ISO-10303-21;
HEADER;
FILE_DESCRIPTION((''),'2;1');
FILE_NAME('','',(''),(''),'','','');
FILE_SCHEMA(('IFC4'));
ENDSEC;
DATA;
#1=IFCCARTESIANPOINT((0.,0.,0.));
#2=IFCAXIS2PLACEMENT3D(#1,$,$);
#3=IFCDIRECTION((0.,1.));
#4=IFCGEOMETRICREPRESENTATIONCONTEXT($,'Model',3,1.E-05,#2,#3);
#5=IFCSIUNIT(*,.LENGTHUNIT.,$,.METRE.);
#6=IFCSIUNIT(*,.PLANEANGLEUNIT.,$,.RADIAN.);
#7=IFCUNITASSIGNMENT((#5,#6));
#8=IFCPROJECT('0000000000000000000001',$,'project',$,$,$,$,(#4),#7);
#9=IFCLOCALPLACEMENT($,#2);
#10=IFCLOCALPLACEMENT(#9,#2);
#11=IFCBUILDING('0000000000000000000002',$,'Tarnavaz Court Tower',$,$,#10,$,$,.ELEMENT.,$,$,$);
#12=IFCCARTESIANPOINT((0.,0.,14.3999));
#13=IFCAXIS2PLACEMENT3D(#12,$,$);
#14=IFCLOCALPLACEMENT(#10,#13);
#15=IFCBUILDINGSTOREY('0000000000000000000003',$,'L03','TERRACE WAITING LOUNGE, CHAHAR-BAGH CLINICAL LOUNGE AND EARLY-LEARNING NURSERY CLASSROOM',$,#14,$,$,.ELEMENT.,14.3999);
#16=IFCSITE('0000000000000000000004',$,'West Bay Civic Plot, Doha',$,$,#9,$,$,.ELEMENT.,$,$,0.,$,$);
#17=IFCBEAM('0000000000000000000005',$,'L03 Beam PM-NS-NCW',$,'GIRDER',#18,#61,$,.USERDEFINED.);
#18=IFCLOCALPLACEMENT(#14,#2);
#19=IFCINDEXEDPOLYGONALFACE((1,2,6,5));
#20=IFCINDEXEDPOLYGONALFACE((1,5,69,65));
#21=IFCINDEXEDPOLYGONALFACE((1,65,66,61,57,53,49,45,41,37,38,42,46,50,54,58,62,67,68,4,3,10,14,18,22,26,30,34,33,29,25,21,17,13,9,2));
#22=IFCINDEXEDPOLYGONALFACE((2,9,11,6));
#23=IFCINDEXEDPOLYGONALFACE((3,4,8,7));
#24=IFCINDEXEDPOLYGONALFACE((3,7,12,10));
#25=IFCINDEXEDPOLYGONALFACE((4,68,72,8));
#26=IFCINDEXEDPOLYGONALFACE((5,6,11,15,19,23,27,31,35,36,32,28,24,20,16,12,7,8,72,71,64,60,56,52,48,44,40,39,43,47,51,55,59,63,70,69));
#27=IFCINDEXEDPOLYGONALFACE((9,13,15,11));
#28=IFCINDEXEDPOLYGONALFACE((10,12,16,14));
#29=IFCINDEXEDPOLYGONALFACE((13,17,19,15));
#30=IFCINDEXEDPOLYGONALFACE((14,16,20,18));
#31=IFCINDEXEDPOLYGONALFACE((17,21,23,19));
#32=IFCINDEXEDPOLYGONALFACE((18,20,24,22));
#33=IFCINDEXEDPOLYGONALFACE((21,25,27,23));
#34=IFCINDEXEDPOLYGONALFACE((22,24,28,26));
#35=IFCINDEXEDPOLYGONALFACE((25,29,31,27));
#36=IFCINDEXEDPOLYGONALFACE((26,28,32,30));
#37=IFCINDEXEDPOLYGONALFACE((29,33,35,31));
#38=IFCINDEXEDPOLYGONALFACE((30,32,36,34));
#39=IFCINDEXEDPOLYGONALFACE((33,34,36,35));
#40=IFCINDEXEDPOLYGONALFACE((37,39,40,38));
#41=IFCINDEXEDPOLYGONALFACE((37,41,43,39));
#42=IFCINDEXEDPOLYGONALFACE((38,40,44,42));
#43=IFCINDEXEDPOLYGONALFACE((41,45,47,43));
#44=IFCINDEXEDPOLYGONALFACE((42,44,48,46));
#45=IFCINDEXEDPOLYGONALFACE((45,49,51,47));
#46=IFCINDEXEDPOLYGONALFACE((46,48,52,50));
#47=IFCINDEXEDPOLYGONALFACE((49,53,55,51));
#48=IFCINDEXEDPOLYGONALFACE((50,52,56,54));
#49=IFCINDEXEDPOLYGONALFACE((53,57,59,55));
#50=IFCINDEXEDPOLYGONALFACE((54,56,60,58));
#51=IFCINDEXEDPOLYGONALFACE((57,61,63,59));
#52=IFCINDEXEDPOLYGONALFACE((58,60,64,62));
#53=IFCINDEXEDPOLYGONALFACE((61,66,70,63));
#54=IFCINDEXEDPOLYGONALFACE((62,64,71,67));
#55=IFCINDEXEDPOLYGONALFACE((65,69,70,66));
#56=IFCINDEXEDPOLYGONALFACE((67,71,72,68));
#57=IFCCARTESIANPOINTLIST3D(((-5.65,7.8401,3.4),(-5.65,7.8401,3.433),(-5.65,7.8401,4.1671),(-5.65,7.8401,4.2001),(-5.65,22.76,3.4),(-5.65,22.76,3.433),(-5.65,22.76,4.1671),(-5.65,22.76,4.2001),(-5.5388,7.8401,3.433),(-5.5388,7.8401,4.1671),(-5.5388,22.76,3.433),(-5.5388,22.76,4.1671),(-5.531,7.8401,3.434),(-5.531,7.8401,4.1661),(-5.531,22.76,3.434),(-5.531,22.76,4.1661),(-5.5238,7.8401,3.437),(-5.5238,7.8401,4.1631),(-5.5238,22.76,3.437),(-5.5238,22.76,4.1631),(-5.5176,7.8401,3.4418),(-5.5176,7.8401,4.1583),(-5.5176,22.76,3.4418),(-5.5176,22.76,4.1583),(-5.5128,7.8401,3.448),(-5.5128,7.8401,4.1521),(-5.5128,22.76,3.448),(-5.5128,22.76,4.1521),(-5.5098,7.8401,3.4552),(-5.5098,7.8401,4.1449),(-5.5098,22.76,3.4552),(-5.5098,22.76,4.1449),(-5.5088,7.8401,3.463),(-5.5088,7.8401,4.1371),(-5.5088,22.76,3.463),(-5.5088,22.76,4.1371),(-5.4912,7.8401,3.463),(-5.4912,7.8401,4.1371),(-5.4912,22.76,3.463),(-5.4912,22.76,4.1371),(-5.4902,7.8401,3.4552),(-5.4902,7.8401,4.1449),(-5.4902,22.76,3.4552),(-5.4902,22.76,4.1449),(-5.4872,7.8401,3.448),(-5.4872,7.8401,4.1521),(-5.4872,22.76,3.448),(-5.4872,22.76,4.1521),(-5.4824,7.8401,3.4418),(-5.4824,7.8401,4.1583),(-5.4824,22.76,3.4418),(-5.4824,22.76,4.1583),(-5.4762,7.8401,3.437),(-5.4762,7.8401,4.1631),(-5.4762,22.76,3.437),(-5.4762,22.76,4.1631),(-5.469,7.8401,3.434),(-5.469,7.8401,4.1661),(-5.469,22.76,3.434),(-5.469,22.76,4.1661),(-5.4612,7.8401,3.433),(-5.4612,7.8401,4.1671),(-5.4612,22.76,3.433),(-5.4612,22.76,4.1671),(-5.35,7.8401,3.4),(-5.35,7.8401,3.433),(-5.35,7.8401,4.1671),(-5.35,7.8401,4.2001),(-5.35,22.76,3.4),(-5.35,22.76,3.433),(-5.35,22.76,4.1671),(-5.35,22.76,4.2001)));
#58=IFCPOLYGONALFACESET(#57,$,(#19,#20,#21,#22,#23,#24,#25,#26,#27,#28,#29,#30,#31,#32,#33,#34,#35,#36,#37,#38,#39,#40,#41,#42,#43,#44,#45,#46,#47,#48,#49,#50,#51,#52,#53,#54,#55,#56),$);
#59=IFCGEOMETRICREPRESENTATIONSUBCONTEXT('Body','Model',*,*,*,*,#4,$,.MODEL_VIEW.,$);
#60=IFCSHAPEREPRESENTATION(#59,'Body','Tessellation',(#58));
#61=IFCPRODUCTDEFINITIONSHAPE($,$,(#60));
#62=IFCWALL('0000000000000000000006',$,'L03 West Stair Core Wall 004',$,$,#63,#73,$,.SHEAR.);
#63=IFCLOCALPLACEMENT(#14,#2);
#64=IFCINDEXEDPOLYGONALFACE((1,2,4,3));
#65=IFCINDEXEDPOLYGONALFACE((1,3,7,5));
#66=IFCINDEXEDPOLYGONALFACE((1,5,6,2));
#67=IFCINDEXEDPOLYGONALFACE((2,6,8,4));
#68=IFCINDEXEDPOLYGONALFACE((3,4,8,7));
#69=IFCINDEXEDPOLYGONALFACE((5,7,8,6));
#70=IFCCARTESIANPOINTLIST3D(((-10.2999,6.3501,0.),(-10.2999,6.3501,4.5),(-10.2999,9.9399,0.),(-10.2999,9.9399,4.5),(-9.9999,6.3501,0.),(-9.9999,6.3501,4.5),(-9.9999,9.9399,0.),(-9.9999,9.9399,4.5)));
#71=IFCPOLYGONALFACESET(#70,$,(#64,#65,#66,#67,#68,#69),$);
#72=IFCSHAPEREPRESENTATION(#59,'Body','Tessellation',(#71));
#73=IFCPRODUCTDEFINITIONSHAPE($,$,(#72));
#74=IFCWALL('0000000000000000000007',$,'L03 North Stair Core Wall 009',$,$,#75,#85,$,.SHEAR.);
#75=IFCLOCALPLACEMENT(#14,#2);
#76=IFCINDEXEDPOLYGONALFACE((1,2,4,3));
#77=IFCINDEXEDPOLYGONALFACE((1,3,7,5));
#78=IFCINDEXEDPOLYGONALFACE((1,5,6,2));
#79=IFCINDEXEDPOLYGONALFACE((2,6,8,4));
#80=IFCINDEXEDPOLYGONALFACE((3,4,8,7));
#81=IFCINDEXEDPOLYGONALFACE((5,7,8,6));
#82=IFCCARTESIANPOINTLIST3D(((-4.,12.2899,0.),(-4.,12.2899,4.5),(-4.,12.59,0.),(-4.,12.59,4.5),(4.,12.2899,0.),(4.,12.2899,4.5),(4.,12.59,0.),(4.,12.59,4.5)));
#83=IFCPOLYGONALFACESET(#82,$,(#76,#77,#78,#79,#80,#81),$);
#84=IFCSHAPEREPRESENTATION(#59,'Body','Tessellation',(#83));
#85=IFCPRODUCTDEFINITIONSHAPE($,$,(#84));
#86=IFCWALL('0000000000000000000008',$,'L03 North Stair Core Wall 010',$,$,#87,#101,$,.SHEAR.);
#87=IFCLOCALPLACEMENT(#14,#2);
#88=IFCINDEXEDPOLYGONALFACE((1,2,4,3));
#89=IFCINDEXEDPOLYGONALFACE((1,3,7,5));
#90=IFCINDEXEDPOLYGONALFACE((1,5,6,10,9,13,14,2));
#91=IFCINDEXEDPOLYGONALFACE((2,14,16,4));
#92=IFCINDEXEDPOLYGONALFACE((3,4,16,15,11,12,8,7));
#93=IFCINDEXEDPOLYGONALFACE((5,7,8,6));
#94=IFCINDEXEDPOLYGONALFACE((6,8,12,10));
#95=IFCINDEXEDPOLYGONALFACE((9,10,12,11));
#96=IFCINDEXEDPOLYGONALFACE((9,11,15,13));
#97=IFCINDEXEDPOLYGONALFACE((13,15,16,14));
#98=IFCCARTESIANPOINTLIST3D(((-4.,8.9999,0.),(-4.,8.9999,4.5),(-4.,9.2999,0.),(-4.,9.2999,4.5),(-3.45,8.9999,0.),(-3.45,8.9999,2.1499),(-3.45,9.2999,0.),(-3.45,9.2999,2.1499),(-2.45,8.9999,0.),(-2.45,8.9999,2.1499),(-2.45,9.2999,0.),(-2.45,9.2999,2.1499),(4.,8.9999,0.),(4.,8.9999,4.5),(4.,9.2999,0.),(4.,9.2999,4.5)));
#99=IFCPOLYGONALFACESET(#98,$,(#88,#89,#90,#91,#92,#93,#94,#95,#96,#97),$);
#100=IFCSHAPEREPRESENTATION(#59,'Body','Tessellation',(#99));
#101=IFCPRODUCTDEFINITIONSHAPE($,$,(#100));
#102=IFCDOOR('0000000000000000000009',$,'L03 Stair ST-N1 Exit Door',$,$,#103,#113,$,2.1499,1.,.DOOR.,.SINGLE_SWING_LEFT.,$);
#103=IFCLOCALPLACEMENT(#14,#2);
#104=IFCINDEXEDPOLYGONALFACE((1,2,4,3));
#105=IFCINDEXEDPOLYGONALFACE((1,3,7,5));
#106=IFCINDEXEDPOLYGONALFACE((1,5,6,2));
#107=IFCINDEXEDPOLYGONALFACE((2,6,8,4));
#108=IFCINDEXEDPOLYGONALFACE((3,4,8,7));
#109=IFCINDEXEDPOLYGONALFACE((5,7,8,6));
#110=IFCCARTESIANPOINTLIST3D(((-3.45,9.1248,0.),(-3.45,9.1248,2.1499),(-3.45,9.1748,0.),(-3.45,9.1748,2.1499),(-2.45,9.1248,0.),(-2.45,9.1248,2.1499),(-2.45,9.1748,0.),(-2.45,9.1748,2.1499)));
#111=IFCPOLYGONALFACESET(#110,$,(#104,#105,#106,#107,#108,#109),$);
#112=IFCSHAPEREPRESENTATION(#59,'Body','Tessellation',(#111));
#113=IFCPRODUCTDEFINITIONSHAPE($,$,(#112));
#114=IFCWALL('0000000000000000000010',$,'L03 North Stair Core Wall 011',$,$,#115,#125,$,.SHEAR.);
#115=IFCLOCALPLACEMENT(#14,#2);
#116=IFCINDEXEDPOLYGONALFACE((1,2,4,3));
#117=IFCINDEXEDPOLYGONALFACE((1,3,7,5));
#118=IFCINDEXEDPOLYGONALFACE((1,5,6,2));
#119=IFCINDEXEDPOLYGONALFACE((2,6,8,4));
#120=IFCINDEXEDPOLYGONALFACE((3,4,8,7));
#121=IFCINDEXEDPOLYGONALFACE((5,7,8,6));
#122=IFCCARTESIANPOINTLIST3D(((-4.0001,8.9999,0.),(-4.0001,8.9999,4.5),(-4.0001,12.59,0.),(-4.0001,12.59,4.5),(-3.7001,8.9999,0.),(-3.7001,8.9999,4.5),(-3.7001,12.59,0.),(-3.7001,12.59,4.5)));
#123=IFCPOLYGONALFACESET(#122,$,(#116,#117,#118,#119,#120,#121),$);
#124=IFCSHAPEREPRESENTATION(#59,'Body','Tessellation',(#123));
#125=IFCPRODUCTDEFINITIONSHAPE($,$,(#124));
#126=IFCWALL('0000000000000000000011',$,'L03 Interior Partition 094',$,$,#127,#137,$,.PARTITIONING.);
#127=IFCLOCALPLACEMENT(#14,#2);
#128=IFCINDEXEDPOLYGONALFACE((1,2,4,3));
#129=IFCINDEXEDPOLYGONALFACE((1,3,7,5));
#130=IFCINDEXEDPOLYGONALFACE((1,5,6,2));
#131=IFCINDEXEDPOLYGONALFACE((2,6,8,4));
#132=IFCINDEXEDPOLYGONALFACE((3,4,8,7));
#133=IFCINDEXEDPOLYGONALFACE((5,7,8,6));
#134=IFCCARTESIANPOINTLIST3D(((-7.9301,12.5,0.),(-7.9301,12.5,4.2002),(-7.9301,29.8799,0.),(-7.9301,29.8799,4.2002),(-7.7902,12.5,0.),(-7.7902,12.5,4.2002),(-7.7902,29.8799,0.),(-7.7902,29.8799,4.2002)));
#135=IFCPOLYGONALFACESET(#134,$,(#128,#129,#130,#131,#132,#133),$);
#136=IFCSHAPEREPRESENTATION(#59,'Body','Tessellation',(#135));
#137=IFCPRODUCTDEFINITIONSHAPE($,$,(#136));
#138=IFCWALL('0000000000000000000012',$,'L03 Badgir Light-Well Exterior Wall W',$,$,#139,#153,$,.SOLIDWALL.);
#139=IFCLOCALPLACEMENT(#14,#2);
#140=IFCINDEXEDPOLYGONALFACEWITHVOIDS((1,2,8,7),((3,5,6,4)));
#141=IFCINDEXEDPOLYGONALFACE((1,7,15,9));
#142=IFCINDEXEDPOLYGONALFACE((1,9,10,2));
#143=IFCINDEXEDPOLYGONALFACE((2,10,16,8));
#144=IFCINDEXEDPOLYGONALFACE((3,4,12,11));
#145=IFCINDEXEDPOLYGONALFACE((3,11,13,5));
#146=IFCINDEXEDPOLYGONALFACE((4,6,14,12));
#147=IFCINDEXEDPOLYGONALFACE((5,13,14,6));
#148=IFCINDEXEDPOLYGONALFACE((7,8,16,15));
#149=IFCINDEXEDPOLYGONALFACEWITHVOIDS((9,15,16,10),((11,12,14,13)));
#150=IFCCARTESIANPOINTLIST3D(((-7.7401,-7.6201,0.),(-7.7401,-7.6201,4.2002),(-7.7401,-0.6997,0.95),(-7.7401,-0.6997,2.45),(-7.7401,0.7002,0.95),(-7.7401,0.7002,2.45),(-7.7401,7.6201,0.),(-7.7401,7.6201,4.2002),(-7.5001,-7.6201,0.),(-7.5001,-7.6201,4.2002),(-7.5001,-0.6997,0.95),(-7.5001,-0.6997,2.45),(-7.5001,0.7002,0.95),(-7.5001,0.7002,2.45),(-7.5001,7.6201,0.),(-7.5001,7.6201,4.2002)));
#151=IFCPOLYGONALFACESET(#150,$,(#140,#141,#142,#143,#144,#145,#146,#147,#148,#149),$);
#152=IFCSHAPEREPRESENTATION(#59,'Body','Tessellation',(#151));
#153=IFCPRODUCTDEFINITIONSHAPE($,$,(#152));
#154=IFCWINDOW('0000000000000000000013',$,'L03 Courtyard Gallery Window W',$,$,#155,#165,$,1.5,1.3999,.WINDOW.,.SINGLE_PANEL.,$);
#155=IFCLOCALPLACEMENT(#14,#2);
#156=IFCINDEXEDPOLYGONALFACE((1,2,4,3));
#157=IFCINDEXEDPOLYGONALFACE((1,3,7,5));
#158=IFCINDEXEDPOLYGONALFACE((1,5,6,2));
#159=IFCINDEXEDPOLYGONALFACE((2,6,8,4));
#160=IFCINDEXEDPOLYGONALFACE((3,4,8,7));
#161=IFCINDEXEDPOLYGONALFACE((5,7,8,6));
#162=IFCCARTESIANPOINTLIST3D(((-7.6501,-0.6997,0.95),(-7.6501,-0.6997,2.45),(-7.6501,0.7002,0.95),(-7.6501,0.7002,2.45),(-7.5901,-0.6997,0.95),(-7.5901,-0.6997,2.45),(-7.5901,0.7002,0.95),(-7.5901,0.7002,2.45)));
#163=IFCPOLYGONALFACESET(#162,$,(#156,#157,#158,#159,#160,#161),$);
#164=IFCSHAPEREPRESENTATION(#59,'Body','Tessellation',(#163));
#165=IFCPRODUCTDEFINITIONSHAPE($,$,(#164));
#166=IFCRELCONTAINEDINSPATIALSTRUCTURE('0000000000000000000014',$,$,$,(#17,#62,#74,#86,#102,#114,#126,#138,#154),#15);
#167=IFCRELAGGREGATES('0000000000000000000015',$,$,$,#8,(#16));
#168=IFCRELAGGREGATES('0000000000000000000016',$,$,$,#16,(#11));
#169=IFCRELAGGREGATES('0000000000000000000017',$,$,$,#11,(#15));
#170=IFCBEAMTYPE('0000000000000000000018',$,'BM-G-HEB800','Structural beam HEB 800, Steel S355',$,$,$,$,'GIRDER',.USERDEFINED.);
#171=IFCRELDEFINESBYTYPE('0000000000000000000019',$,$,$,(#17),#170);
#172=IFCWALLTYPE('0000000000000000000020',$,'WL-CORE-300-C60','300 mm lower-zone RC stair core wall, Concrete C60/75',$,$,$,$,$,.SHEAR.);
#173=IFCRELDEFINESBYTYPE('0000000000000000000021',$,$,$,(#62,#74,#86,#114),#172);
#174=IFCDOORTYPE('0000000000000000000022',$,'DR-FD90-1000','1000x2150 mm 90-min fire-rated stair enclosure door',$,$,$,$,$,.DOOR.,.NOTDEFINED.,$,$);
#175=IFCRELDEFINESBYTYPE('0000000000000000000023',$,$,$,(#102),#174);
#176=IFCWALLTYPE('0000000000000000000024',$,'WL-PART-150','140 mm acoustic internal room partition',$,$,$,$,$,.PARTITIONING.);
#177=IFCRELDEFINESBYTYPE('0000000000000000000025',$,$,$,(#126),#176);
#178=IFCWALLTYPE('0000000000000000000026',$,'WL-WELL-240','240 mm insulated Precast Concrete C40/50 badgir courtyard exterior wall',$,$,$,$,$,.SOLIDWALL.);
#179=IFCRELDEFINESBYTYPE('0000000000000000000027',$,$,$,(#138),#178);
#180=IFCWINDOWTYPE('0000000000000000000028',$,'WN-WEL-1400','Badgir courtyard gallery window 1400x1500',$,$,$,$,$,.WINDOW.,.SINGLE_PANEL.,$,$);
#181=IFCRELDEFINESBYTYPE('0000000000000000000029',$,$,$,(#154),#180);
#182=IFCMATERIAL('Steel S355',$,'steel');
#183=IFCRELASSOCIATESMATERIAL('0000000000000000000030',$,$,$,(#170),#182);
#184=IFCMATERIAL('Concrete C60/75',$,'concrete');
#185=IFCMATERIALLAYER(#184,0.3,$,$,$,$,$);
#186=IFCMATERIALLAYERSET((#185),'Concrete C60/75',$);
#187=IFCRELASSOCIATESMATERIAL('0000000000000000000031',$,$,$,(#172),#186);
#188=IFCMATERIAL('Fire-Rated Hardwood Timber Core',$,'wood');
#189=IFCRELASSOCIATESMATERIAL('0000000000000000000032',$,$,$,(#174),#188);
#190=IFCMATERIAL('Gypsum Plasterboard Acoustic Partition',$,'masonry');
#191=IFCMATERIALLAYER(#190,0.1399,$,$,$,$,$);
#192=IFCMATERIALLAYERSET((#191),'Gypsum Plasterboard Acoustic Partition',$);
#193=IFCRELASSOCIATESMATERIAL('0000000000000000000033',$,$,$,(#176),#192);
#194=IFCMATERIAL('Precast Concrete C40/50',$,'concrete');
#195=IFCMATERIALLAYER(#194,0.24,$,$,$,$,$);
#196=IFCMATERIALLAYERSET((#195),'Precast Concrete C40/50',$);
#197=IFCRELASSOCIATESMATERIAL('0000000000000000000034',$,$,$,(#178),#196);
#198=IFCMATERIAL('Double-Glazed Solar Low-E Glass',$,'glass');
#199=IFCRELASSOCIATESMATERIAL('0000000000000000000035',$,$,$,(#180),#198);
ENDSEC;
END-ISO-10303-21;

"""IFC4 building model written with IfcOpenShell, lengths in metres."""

from ifc_helpers import new_model, si_unit, direction, frame, frame_2d, origin, origin_2d, place, context, subcontext, project, spatial, rectangle, i_section, extrude, material, layer, layer_set, material_profile, profile_set, type_object, element, fill, save


model = new_model("IFC4")

# Units and contexts
model_context = context("Model", 3, precision=1e-05, world=origin(), true_north=direction((0.0, 1.0)))
body_context = subcontext(model_context, "Body", "Model", "MODEL_VIEW")
ifc_project = project(units=[si_unit("LENGTHUNIT", "METRE"), si_unit("PLANEANGLEUNIT", "RADIAN")], contexts=[model_context])

# Site, building, storey
site_placement = place(None, origin())
site = spatial("IfcSite", under=ifc_project, at=site_placement, Name="West Bay Civic Plot, Doha", CompositionType="ELEMENT", RefElevation=0.0)
building_placement = place(site_placement, origin())
building = spatial("IfcBuilding", under=site, at=building_placement, Name="Tarnavaz Court Tower", CompositionType="ELEMENT")
storey_placement = place(building_placement, frame((0.0, 0.0, 14.3999)))
storey = spatial("IfcBuildingStorey", under=building, at=storey_placement, Name="L03", Description="TERRACE WAITING LOUNGE, CHAHAR-BAGH CLINICAL LOUNGE AND EARLY-LEARNING NURSERY CLASSROOM", CompositionType="ELEMENT", Elevation=14.3999)

# Shared definitions
ifc_material_1 = material(Name="Concrete C60/75", Category="concrete")

# Beam
ifc_material_2 = material(Name="Steel S355", Category="steel")
ifc_material_profile_1 = material_profile(ifc_material_2, i_section(OverallWidth=0.3, OverallDepth=0.8, WebThickness=0.0176, FlangeThickness=0.033, FilletRadius=0.03, at=origin_2d()), Name="HEB 800")
ifc_profile_set_1 = profile_set([ifc_material_profile_1], Name="Steel S355")
beam_type = type_object("IfcBeamType", Name="BM-G-HEB800", Description="Structural beam HEB 800, Steel S355", ElementType="GIRDER", PredefinedType="USERDEFINED", material=ifc_profile_set_1)
beam_1_placement = place(storey_placement, frame((-5.5, 7.8401, 3.8), z_axis=(0.0, 1.0, 0.0), x_axis=(-1.0, 0.0, 0.0)))
element("IfcBeam", 1, at=beam_1_placement, inside=storey, type_object=beam_type, Name="L03 Beam PM-NS-NCW", ObjectType="GIRDER", PredefinedType="USERDEFINED", context=body_context, shape_type="SweptSolid", body=[
    extrude(i_section(OverallWidth=0.3, OverallDepth=0.8, WebThickness=0.0176, FlangeThickness=0.033, FilletRadius=0.03, at=origin_2d()), origin(), (0.0, 0.0, 1.0), 14.9199),
])

# Walls
ifc_layer_1 = layer(ifc_material_1, 0.3)
ifc_layer_set_1 = layer_set([ifc_layer_1], Name="Concrete C60/75")
wall_type_1 = type_object("IfcWallType", Name="WL-CORE-300-C60", Description="300 mm lower-zone RC stair core wall, Concrete C60/75", PredefinedType="SHEAR", material=ifc_layer_set_1)
wall_1_placement = place(storey_placement, frame((-10.1499, 6.3501, 0.0), z_axis=(0.0, 0.0, 1.0), x_axis=(0.0, 1.0, 0.0)))
element("IfcWall", 2, at=wall_1_placement, inside=storey, type_object=wall_type_1, Name="L03 West Stair Core Wall 004", PredefinedType="SHEAR", context=body_context, shape_type="SweptSolid", body=[
    extrude(rectangle(XDim=3.5898, YDim=0.3, at=frame_2d((1.7949, 0.0))), origin(), (0.0, 0.0, 1.0), 4.5),
])
wall_2_placement = place(storey_placement, frame((-4.0, 12.4399, 0.0), z_axis=(0.0, 0.0, 1.0), x_axis=(1.0, 0.0, 0.0)))
element("IfcWall", 3, at=wall_2_placement, inside=storey, type_object=wall_type_1, Name="L03 North Stair Core Wall 009", PredefinedType="SHEAR", context=body_context, shape_type="SweptSolid", body=[
    extrude(rectangle(XDim=8.0, YDim=0.3, at=frame_2d((4.0, 0.0))), origin(), (0.0, 0.0, 1.0), 4.5),
])

# Wall, opening, door
wall_3_placement = place(storey_placement, frame((-4.0, 9.1499, 0.0), z_axis=(0.0, 0.0, 1.0), x_axis=(1.0, 0.0, 0.0)))
wall_3 = element("IfcWall", 4, at=wall_3_placement, inside=storey, type_object=wall_type_1, Name="L03 North Stair Core Wall 010", PredefinedType="SHEAR", context=body_context, shape_type="SweptSolid", body=[
    extrude(rectangle(XDim=8.0, YDim=0.3, at=frame_2d((4.0, 0.0))), origin(), (0.0, 0.0, 1.0), 4.5),
])
opening_1_placement = place(wall_3_placement, frame((0.55, 0.0, 0.0)))
opening_1 = element("IfcOpeningElement", 5, at=opening_1_placement, cuts=wall_3, PredefinedType="OPENING", context=body_context, shape_type="SweptSolid", body=[
    extrude(rectangle(XDim=1.0, YDim=2.1499, at=frame_2d((0.5, 1.075))), frame((0.0, 0.1599, 0.0), z_axis=(0.0, -1.0, 0.0), x_axis=(1.0, 0.0, 0.0)), (0.0, 0.0, 1.0), 0.3201),
])
ifc_material_3 = material(Name="Fire-Rated Hardwood Timber Core", Category="wood")
door_type_1 = type_object("IfcDoorType", Name="DR-FD90-1000", Description="1000x2150 mm 90-min fire-rated stair enclosure door", OperationType="NOTDEFINED", PredefinedType="DOOR", material=ifc_material_3)
door_1_placement = place(opening_1_placement, origin())
door_1 = element("IfcDoor", 6, at=door_1_placement, inside=storey, type_object=door_type_1, Name="L03 Stair ST-N1 Exit Door", OperationType="SINGLE_SWING_LEFT", OverallHeight=2.1499, OverallWidth=1.0, PredefinedType="DOOR", context=body_context, shape_type="SweptSolid", body=[
    extrude(rectangle(XDim=1.0, YDim=2.1499, at=frame_2d((0.5, 1.075))), frame((0.0, 0.0249, 0.0), z_axis=(0.0, -1.0, 0.0), x_axis=(1.0, 0.0, 0.0)), (0.0, 0.0, 1.0), 0.05),
])
fill(opening_1, door_1)

# Wall
wall_4_placement = place(storey_placement, frame((-3.8501, 9.0, 0.0), z_axis=(0.0, 0.0, 1.0), x_axis=(0.0, 1.0, 0.0)))
element("IfcWall", 7, at=wall_4_placement, inside=storey, type_object=wall_type_1, Name="L03 North Stair Core Wall 011", PredefinedType="SHEAR", context=body_context, shape_type="SweptSolid", body=[
    extrude(rectangle(XDim=3.5901, YDim=0.3, at=frame_2d((1.7949, 0.0))), origin(), (0.0, 0.0, 1.0), 4.5),
])

# Wall
ifc_material_4 = material(Name="Gypsum Plasterboard Acoustic Partition", Category="masonry")
ifc_layer_2 = layer(ifc_material_4, 0.1399)
ifc_layer_set_2 = layer_set([ifc_layer_2], Name="Gypsum Plasterboard Acoustic Partition")
wall_type_2 = type_object("IfcWallType", Name="WL-PART-150", Description="140 mm acoustic internal room partition", PredefinedType="PARTITIONING", material=ifc_layer_set_2)
wall_5_placement = place(storey_placement, frame((-7.8601, 12.5, 0.0), z_axis=(0.0, 0.0, 1.0), x_axis=(0.0, 1.0, 0.0)))
element("IfcWall", 8, at=wall_5_placement, inside=storey, type_object=wall_type_2, Name="L03 Interior Partition 094", PredefinedType="PARTITIONING", context=body_context, shape_type="SweptSolid", body=[
    extrude(rectangle(XDim=17.3799, YDim=0.1399, at=frame_2d((8.6899, 0.0))), origin(), (0.0, 0.0, 1.0), 4.2002),
])

# Wall, opening, window
ifc_material_5 = material(Name="Precast Concrete C40/50", Category="concrete")
ifc_layer_3 = layer(ifc_material_5, 0.24)
ifc_layer_set_3 = layer_set([ifc_layer_3], Name="Precast Concrete C40/50")
wall_type_3 = type_object("IfcWallType", Name="WL-WELL-240", Description="240 mm insulated Precast Concrete C40/50 badgir courtyard exterior wall", PredefinedType="SOLIDWALL", material=ifc_layer_set_3)
wall_6_placement = place(storey_placement, frame((-7.6201, 7.6201, 0.0), z_axis=(0.0, 0.0, 1.0), x_axis=(0.0, -1.0, 0.0)))
wall_6 = element("IfcWall", 9, at=wall_6_placement, inside=storey, type_object=wall_type_3, Name="L03 Badgir Light-Well Exterior Wall W", PredefinedType="SOLIDWALL", context=body_context, shape_type="SweptSolid", body=[
    extrude(rectangle(XDim=15.2402, YDim=0.24, at=frame_2d((7.6201, 0.0))), origin(), (0.0, 0.0, 1.0), 4.2002),
])
opening_2_placement = place(wall_6_placement, frame((6.9199, 0.0, 0.95)))
opening_2 = element("IfcOpeningElement", 10, at=opening_2_placement, cuts=wall_6, PredefinedType="OPENING", context=body_context, shape_type="SweptSolid", body=[
    extrude(rectangle(XDim=1.3999, YDim=1.5, at=frame_2d((0.7, 0.75))), frame((0.0, 0.1299, 0.0), z_axis=(0.0, -1.0, 0.0), x_axis=(1.0, 0.0, 0.0)), (0.0, 0.0, 1.0), 0.26),
])
ifc_material_6 = material(Name="Double-Glazed Solar Low-E Glass", Category="glass")
window_type = type_object("IfcWindowType", Name="WN-WEL-1400", Description="Badgir courtyard gallery window 1400x1500", PartitioningType="SINGLE_PANEL", PredefinedType="WINDOW", material=ifc_material_6)
window_placement = place(opening_2_placement, origin())
window = element("IfcWindow", 11, at=window_placement, inside=storey, type_object=window_type, Name="L03 Courtyard Gallery Window W", OverallHeight=1.5, OverallWidth=1.3999, PartitioningType="SINGLE_PANEL", PredefinedType="WINDOW", context=body_context, shape_type="SweptSolid", body=[
    extrude(rectangle(XDim=1.3999, YDim=1.5, at=frame_2d((0.7, 0.75))), frame((0.0, 0.03, 0.0), z_axis=(0.0, -1.0, 0.0), x_axis=(1.0, 0.0, 0.0)), (0.0, 0.0, 1.0), 0.0601),
])
fill(opening_2, window)

save(model, "model.ifc")
